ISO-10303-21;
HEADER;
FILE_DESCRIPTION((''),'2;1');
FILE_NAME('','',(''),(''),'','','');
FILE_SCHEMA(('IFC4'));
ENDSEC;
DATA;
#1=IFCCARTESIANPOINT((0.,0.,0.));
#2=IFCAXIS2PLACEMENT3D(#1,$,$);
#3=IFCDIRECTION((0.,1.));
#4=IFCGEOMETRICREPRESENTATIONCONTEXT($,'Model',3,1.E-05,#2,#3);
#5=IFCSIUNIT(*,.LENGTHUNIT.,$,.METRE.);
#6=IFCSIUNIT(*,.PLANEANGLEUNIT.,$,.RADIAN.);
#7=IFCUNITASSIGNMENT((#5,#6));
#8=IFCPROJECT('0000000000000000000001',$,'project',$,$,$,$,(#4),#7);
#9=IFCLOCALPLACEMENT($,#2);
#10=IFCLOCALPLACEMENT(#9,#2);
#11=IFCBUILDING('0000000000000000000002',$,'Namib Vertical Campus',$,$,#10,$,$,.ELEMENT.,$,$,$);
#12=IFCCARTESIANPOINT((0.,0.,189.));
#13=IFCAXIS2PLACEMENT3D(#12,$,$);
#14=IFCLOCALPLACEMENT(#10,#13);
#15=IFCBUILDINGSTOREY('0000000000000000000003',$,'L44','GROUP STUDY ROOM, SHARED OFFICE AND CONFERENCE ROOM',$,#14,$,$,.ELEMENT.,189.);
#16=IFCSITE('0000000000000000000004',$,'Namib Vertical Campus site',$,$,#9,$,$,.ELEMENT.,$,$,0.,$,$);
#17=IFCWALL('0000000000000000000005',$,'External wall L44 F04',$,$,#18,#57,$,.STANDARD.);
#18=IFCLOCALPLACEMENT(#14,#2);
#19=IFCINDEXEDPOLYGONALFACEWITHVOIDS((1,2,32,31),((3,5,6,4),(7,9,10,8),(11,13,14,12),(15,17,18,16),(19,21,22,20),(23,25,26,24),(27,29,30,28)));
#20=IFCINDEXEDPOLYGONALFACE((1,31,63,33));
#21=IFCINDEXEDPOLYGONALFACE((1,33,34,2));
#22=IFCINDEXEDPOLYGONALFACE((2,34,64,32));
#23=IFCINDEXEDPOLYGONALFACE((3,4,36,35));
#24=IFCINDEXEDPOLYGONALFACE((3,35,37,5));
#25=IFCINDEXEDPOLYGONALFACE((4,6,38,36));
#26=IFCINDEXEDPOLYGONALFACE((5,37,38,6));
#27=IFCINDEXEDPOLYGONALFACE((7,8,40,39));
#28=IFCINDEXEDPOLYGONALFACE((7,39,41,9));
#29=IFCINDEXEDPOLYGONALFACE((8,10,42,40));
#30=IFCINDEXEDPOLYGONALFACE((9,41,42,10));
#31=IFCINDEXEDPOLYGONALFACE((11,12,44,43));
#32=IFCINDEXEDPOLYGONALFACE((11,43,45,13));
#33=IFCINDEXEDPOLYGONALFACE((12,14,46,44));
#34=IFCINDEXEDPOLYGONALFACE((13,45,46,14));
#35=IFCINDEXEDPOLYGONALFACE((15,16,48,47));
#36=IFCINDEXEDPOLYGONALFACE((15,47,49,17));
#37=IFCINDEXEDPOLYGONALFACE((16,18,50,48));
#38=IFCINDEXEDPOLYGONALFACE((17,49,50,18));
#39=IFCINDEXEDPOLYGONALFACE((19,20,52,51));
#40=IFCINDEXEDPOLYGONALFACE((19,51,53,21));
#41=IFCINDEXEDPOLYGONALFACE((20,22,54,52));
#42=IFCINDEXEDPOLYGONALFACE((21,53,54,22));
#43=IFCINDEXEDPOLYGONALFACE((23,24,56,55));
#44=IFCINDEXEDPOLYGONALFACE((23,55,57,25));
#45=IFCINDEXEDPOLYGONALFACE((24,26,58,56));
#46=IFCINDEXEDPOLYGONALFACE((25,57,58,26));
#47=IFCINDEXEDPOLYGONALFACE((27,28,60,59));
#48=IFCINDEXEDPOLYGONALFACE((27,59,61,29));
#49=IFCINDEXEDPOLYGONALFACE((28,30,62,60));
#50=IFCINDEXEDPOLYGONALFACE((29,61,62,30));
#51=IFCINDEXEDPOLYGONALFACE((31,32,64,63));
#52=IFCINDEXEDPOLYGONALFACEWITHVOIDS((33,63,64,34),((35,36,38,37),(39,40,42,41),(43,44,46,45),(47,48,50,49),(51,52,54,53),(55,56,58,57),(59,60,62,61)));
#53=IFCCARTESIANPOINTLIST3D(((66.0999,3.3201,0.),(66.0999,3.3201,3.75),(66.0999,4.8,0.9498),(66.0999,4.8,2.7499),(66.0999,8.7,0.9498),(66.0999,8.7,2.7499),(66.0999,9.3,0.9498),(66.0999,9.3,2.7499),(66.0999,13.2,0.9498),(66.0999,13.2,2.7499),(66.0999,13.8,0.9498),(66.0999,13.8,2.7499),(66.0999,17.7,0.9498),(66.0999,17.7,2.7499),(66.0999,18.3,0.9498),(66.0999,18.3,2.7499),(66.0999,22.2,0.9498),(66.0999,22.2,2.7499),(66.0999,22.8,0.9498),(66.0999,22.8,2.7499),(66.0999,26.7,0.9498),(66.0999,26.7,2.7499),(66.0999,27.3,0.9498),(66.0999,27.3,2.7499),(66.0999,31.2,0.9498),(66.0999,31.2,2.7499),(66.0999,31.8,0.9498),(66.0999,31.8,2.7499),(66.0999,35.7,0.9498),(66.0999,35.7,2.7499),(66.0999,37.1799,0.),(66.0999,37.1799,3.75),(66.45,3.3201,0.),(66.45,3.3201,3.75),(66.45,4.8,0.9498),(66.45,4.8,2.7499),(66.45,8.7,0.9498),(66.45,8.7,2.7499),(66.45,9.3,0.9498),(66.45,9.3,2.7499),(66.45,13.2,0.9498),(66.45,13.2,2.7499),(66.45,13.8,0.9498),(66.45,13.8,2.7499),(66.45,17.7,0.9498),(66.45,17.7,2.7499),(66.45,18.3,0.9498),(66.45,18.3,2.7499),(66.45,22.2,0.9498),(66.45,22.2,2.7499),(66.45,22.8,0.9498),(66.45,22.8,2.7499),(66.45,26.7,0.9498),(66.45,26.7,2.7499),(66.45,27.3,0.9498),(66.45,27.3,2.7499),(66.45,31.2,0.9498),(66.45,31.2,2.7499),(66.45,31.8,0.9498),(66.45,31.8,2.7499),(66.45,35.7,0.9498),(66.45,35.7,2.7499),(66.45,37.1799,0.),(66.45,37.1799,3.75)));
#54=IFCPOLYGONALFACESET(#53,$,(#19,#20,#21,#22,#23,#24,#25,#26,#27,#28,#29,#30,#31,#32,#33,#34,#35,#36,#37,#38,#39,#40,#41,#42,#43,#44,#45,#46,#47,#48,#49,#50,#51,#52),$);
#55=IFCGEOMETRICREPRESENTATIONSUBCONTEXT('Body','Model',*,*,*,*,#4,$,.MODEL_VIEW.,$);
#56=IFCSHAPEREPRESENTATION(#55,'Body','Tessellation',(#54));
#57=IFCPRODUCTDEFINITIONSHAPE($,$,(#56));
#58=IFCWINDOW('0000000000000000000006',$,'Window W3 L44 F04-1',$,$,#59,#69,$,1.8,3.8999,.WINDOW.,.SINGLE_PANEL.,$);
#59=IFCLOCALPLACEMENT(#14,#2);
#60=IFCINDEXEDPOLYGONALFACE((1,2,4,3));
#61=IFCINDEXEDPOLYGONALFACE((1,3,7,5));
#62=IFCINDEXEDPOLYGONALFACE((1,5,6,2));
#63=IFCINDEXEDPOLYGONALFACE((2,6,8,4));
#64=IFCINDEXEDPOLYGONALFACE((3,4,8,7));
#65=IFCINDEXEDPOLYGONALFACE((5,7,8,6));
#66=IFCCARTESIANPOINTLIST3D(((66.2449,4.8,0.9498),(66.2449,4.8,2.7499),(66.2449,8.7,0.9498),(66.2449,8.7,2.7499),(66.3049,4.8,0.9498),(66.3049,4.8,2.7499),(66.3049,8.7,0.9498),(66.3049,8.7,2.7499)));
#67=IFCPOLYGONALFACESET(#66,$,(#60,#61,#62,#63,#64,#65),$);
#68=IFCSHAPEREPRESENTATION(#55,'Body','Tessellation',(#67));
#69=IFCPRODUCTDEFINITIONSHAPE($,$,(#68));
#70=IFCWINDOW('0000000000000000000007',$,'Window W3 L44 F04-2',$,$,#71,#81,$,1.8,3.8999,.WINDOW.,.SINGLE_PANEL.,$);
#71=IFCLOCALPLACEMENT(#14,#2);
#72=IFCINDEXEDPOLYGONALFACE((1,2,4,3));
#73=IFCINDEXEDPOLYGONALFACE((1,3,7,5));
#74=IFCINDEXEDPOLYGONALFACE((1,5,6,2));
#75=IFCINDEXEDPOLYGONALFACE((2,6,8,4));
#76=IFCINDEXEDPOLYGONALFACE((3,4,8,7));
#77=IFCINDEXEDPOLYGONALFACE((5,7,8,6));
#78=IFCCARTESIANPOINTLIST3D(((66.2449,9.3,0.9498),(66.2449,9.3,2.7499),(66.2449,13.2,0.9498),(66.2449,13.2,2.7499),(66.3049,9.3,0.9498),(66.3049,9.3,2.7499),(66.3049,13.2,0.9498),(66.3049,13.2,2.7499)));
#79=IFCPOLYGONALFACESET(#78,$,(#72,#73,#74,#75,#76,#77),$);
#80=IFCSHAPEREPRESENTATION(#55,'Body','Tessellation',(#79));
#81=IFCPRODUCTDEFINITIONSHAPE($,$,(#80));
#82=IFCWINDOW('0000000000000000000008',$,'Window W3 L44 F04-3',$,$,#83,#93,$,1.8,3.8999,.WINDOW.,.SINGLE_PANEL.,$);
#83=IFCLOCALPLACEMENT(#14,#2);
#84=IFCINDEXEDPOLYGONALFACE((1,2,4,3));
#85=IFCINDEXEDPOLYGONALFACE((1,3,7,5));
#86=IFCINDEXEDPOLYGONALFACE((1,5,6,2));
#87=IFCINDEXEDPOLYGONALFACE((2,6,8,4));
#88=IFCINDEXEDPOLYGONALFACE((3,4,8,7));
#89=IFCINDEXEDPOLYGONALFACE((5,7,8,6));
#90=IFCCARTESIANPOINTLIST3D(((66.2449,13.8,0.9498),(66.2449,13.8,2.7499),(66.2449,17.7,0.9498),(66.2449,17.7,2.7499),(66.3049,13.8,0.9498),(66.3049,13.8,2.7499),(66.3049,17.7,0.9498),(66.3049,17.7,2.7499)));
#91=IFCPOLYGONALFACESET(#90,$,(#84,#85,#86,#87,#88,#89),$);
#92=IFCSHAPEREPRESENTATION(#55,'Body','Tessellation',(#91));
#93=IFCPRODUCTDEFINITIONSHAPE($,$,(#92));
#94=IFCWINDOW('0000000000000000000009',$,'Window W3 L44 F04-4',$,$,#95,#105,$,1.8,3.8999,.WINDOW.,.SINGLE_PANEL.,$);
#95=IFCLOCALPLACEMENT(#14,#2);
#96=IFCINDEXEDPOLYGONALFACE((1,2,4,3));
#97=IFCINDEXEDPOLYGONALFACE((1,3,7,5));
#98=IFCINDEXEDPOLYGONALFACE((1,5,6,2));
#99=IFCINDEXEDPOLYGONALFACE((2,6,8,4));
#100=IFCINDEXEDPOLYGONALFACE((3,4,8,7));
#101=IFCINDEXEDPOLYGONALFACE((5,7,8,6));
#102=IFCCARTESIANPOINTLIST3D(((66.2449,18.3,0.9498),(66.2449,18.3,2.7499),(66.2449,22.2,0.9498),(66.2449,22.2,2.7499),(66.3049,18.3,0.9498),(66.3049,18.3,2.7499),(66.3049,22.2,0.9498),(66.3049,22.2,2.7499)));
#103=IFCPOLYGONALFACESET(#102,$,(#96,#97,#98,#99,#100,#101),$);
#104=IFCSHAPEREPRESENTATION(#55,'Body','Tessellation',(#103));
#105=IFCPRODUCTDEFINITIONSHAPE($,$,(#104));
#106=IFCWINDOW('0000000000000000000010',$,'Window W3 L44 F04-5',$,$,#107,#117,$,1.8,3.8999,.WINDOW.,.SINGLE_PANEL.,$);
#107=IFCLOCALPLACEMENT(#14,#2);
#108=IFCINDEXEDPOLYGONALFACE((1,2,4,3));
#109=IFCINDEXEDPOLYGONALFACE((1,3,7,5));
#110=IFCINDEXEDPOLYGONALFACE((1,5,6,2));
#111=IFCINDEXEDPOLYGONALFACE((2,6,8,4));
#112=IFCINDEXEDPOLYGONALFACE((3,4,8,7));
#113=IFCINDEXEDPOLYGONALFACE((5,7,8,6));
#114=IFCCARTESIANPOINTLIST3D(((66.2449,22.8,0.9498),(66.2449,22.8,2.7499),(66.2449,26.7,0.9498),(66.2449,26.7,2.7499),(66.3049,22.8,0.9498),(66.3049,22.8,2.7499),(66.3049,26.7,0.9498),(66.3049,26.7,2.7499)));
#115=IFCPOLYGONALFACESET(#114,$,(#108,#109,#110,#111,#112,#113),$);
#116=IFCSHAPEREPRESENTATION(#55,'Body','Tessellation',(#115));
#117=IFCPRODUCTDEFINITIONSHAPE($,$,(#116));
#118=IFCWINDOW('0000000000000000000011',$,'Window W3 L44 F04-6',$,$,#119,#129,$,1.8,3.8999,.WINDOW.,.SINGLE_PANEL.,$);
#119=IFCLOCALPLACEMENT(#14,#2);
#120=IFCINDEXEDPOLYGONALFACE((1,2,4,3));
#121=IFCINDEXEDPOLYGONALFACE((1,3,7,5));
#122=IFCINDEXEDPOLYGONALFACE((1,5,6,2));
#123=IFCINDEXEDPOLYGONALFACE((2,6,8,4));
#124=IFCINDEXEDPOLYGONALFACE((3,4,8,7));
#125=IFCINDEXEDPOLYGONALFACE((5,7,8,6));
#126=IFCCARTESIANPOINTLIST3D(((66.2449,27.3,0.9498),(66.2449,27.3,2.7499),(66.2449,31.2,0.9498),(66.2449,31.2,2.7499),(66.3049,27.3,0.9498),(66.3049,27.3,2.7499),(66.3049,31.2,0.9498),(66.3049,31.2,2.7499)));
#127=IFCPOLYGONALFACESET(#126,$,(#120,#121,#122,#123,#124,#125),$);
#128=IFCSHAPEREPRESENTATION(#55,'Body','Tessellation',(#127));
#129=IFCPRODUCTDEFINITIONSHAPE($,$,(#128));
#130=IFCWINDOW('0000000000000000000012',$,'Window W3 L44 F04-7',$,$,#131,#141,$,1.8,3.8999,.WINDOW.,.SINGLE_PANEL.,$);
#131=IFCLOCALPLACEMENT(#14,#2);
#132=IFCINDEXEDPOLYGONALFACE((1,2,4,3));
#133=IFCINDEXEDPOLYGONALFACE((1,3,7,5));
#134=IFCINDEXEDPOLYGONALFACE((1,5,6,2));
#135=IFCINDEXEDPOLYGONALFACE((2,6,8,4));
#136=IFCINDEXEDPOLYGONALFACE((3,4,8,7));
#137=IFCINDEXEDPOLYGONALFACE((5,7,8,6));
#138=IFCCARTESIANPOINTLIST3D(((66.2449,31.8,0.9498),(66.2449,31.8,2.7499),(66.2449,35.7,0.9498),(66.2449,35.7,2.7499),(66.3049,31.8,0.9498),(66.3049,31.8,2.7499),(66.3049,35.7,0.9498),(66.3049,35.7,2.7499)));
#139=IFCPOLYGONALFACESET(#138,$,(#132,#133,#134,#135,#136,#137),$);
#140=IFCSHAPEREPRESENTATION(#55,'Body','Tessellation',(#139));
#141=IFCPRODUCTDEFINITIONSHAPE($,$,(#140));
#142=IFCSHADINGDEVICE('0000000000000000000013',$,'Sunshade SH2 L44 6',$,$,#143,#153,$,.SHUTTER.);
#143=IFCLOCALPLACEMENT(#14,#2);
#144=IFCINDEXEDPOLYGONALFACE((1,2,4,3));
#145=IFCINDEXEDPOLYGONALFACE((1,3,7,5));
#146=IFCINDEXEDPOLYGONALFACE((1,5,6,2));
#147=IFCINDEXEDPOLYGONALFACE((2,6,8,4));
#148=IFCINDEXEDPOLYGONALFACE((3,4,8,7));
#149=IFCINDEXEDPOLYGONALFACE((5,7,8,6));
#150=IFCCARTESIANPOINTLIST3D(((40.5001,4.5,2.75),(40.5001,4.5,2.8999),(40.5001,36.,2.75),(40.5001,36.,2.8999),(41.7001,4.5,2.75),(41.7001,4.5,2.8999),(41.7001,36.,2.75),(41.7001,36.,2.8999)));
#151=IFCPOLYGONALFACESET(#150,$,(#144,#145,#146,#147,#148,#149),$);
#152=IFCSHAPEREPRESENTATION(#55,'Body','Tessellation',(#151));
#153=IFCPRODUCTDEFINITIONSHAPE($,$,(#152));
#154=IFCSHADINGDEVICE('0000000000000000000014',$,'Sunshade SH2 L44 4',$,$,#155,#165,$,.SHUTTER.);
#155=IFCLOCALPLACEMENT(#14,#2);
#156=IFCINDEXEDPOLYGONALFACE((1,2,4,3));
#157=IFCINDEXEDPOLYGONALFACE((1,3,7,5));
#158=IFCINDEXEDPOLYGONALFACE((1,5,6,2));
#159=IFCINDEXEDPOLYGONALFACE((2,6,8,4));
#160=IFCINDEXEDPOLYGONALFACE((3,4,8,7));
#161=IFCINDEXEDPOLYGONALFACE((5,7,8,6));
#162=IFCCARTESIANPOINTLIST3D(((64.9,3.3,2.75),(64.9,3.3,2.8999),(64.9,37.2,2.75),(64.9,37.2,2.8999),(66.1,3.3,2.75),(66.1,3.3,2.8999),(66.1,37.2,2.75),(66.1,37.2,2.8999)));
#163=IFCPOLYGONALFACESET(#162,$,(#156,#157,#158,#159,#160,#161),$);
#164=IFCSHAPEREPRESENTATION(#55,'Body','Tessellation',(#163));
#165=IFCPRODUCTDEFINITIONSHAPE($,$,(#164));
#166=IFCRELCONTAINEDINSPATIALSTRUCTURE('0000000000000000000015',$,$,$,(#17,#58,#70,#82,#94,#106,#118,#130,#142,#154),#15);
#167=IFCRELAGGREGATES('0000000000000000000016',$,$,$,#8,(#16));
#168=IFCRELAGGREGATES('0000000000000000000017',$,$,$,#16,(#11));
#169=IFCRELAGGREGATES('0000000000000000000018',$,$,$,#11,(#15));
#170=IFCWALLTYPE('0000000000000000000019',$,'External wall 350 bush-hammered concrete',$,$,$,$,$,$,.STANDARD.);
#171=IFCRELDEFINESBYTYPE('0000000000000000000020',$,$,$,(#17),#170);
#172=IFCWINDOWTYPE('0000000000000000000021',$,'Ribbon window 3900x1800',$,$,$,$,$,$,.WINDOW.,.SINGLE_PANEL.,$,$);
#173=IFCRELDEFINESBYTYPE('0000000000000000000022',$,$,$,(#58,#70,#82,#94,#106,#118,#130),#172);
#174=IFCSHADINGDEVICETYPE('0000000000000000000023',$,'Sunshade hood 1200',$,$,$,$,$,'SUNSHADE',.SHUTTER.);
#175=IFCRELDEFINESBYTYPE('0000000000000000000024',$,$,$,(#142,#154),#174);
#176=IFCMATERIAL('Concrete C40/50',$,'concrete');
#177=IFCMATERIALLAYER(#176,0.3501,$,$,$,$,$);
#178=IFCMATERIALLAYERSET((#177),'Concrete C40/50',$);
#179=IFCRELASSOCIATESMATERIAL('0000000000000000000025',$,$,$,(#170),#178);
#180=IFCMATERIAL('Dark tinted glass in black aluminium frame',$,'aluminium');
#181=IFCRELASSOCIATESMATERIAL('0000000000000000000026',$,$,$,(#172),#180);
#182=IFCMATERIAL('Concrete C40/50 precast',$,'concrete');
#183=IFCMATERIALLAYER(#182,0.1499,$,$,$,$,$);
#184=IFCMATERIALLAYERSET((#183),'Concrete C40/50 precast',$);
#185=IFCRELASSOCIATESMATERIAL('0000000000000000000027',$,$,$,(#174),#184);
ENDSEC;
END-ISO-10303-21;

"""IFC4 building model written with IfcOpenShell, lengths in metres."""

from ifc_helpers import new_model, si_unit, direction, frame, frame_2d, origin, origin_2d, place, context, subcontext, project, spatial, rectangle, extrude, material, layer, layer_set, type_object, element, fill, save


model = new_model("IFC4")

# Units and contexts
model_context = context("Model", 3, precision=1e-05, world=origin(), true_north=direction((0.0, 1.0)))
body_context = subcontext(model_context, "Body", "Model", "MODEL_VIEW")
ifc_project = project(units=[si_unit("LENGTHUNIT", "METRE"), si_unit("PLANEANGLEUNIT", "RADIAN")], contexts=[model_context])

# Site, building, storey
site_placement = place(None, origin())
site = spatial("IfcSite", under=ifc_project, at=site_placement, Name="Namib Vertical Campus site", CompositionType="ELEMENT", RefElevation=0.0)
building_placement = place(site_placement, origin())
building = spatial("IfcBuilding", under=site, at=building_placement, Name="Namib Vertical Campus", CompositionType="ELEMENT")
storey_placement = place(building_placement, frame((0.0, 0.0, 189.0)))
storey = spatial("IfcBuildingStorey", under=building, at=storey_placement, Name="L44", Description="GROUP STUDY ROOM, SHARED OFFICE AND CONFERENCE ROOM", CompositionType="ELEMENT", Elevation=189.0)

# Shared definitions
ifc_material_1 = material(Name="Concrete C40/50", Category="concrete")
ifc_layer_1 = layer(ifc_material_1, 0.3501)
ifc_layer_set_1 = layer_set([ifc_layer_1], Name="Concrete C40/50")
wall_type_1 = type_object("IfcWallType", Name="External wall 350 bush-hammered concrete", PredefinedType="STANDARD", material=ifc_layer_set_1)

# Wall, openings, windows
wall_1_placement = place(storey_placement, frame((66.2749, 37.1799, 0.0), z_axis=(0.0, 0.0, 1.0), x_axis=(0.0, -1.0, 0.0)))
wall_1 = element("IfcWall", 1, at=wall_1_placement, inside=storey, type_object=wall_type_1, Name="External wall L44 F04", PredefinedType="STANDARD", context=body_context, shape_type="SweptSolid", body=[
    extrude(rectangle(XDim=33.8599, YDim=0.3501, at=frame_2d((16.9299, 0.0))), origin(), (0.0, 0.0, 1.0), 3.75),
])
opening_1_placement = place(wall_1_placement, frame((28.48, 0.0, 0.95)))
opening_1 = element("IfcOpeningElement", 2, at=opening_1_placement, cuts=wall_1, PredefinedType="OPENING", context=body_context, shape_type="SweptSolid", body=[
    extrude(rectangle(XDim=3.8999, YDim=1.8, at=frame_2d((1.95, 0.8999))), frame((0.0, 0.1851, 0.0), z_axis=(0.0, -1.0, 0.0), x_axis=(1.0, 0.0, 0.0)), (0.0, 0.0, 1.0), 0.3701),
])
opening_2_placement = place(wall_1_placement, frame((23.98, 0.0, 0.95)))
opening_2 = element("IfcOpeningElement", 3, at=opening_2_placement, cuts=wall_1, PredefinedType="OPENING", context=body_context, shape_type="SweptSolid", body=[
    extrude(rectangle(XDim=3.8999, YDim=1.8, at=frame_2d((1.95, 0.8999))), frame((0.0, 0.1851, 0.0), z_axis=(0.0, -1.0, 0.0), x_axis=(1.0, 0.0, 0.0)), (0.0, 0.0, 1.0), 0.3701),
])
opening_3_placement = place(wall_1_placement, frame((19.48, 0.0, 0.95)))
opening_3 = element("IfcOpeningElement", 4, at=opening_3_placement, cuts=wall_1, PredefinedType="OPENING", context=body_context, shape_type="SweptSolid", body=[
    extrude(rectangle(XDim=3.8999, YDim=1.8, at=frame_2d((1.95, 0.8999))), frame((0.0, 0.1851, 0.0), z_axis=(0.0, -1.0, 0.0), x_axis=(1.0, 0.0, 0.0)), (0.0, 0.0, 1.0), 0.3701),
])
opening_4_placement = place(wall_1_placement, frame((14.98, 0.0, 0.95)))
opening_4 = element("IfcOpeningElement", 5, at=opening_4_placement, cuts=wall_1, PredefinedType="OPENING", context=body_context, shape_type="SweptSolid", body=[
    extrude(rectangle(XDim=3.8999, YDim=1.8, at=frame_2d((1.95, 0.8999))), frame((0.0, 0.1851, 0.0), z_axis=(0.0, -1.0, 0.0), x_axis=(1.0, 0.0, 0.0)), (0.0, 0.0, 1.0), 0.3701),
])
opening_5_placement = place(wall_1_placement, frame((10.48, 0.0, 0.95)))
opening_5 = element("IfcOpeningElement", 6, at=opening_5_placement, cuts=wall_1, PredefinedType="OPENING", context=body_context, shape_type="SweptSolid", body=[
    extrude(rectangle(XDim=3.8999, YDim=1.8, at=frame_2d((1.95, 0.8999))), frame((0.0, 0.1851, 0.0), z_axis=(0.0, -1.0, 0.0), x_axis=(1.0, 0.0, 0.0)), (0.0, 0.0, 1.0), 0.3701),
])
opening_6_placement = place(wall_1_placement, frame((5.98, 0.0, 0.95)))
opening_6 = element("IfcOpeningElement", 7, at=opening_6_placement, cuts=wall_1, PredefinedType="OPENING", context=body_context, shape_type="SweptSolid", body=[
    extrude(rectangle(XDim=3.8999, YDim=1.8, at=frame_2d((1.95, 0.8999))), frame((0.0, 0.1851, 0.0), z_axis=(0.0, -1.0, 0.0), x_axis=(1.0, 0.0, 0.0)), (0.0, 0.0, 1.0), 0.3701),
])
opening_7_placement = place(wall_1_placement, frame((1.48, 0.0, 0.95)))
opening_7 = element("IfcOpeningElement", 8, at=opening_7_placement, cuts=wall_1, PredefinedType="OPENING", context=body_context, shape_type="SweptSolid", body=[
    extrude(rectangle(XDim=3.8999, YDim=1.8, at=frame_2d((1.95, 0.8999))), frame((0.0, 0.1851, 0.0), z_axis=(0.0, -1.0, 0.0), x_axis=(1.0, 0.0, 0.0)), (0.0, 0.0, 1.0), 0.3701),
])
ifc_material_2 = material(Name="Dark tinted glass in black aluminium frame", Category="aluminium")
window_type = type_object("IfcWindowType", Name="Ribbon window 3900x1800", PartitioningType="SINGLE_PANEL", PredefinedType="WINDOW", material=ifc_material_2)
window_1_placement = place(opening_1_placement, origin())
window_1 = element("IfcWindow", 9, at=window_1_placement, inside=storey, type_object=window_type, Name="Window W3 L44 F04-1", OverallHeight=1.8, OverallWidth=3.8999, PartitioningType="SINGLE_PANEL", PredefinedType="WINDOW", context=body_context, shape_type="SweptSolid", body=[
    extrude(rectangle(XDim=3.8999, YDim=1.8, at=frame_2d((1.95, 0.8999))), frame((0.0, 0.03, 0.0), z_axis=(0.0, -1.0, 0.0), x_axis=(1.0, 0.0, 0.0)), (0.0, 0.0, 1.0), 0.0601),
])
fill(opening_1, window_1)
window_2_placement = place(opening_2_placement, origin())
window_2 = element("IfcWindow", 10, at=window_2_placement, inside=storey, type_object=window_type, Name="Window W3 L44 F04-2", OverallHeight=1.8, OverallWidth=3.8999, PartitioningType="SINGLE_PANEL", PredefinedType="WINDOW", context=body_context, shape_type="SweptSolid", body=[
    extrude(rectangle(XDim=3.8999, YDim=1.8, at=frame_2d((1.95, 0.8999))), frame((0.0, 0.03, 0.0), z_axis=(0.0, -1.0, 0.0), x_axis=(1.0, 0.0, 0.0)), (0.0, 0.0, 1.0), 0.0601),
])
fill(opening_2, window_2)
window_3_placement = place(opening_3_placement, origin())
window_3 = element("IfcWindow", 11, at=window_3_placement, inside=storey, type_object=window_type, Name="Window W3 L44 F04-3", OverallHeight=1.8, OverallWidth=3.8999, PartitioningType="SINGLE_PANEL", PredefinedType="WINDOW", context=body_context, shape_type="SweptSolid", body=[
    extrude(rectangle(XDim=3.8999, YDim=1.8, at=frame_2d((1.95, 0.8999))), frame((0.0, 0.03, 0.0), z_axis=(0.0, -1.0, 0.0), x_axis=(1.0, 0.0, 0.0)), (0.0, 0.0, 1.0), 0.0601),
])
fill(opening_3, window_3)
window_4_placement = place(opening_4_placement, origin())
window_4 = element("IfcWindow", 12, at=window_4_placement, inside=storey, type_object=window_type, Name="Window W3 L44 F04-4", OverallHeight=1.8, OverallWidth=3.8999, PartitioningType="SINGLE_PANEL", PredefinedType="WINDOW", context=body_context, shape_type="SweptSolid", body=[
    extrude(rectangle(XDim=3.8999, YDim=1.8, at=frame_2d((1.95, 0.8999))), frame((0.0, 0.03, 0.0), z_axis=(0.0, -1.0, 0.0), x_axis=(1.0, 0.0, 0.0)), (0.0, 0.0, 1.0), 0.0601),
])
fill(opening_4, window_4)
window_5_placement = place(opening_5_placement, origin())
window_5 = element("IfcWindow", 13, at=window_5_placement, inside=storey, type_object=window_type, Name="Window W3 L44 F04-5", OverallHeight=1.8, OverallWidth=3.8999, PartitioningType="SINGLE_PANEL", PredefinedType="WINDOW", context=body_context, shape_type="SweptSolid", body=[
    extrude(rectangle(XDim=3.8999, YDim=1.8, at=frame_2d((1.95, 0.8999))), frame((0.0, 0.03, 0.0), z_axis=(0.0, -1.0, 0.0), x_axis=(1.0, 0.0, 0.0)), (0.0, 0.0, 1.0), 0.0601),
])
fill(opening_5, window_5)
window_6_placement = place(opening_6_placement, origin())
window_6 = element("IfcWindow", 14, at=window_6_placement, inside=storey, type_object=window_type, Name="Window W3 L44 F04-6", OverallHeight=1.8, OverallWidth=3.8999, PartitioningType="SINGLE_PANEL", PredefinedType="WINDOW", context=body_context, shape_type="SweptSolid", body=[
    extrude(rectangle(XDim=3.8999, YDim=1.8, at=frame_2d((1.95, 0.8999))), frame((0.0, 0.03, 0.0), z_axis=(0.0, -1.0, 0.0), x_axis=(1.0, 0.0, 0.0)), (0.0, 0.0, 1.0), 0.0601),
])
fill(opening_6, window_6)
window_7_placement = place(opening_7_placement, origin())
window_7 = element("IfcWindow", 15, at=window_7_placement, inside=storey, type_object=window_type, Name="Window W3 L44 F04-7", OverallHeight=1.8, OverallWidth=3.8999, PartitioningType="SINGLE_PANEL", PredefinedType="WINDOW", context=body_context, shape_type="SweptSolid", body=[
    extrude(rectangle(XDim=3.8999, YDim=1.8, at=frame_2d((1.95, 0.8999))), frame((0.0, 0.03, 0.0), z_axis=(0.0, -1.0, 0.0), x_axis=(1.0, 0.0, 0.0)), (0.0, 0.0, 1.0), 0.0601),
])
fill(opening_7, window_7)

# Shading devices
ifc_material_3 = material(Name="Concrete C40/50 precast", Category="concrete")
ifc_layer_2 = layer(ifc_material_3, 0.1499)
ifc_layer_set_2 = layer_set([ifc_layer_2], Name="Concrete C40/50 precast")
shading_device_type = type_object("IfcShadingDeviceType", Name="Sunshade hood 1200", ElementType="SUNSHADE", PredefinedType="SHUTTER", material=ifc_layer_set_2)
shading_device_1_placement = place(storey_placement, frame((41.1001, 20.25, 2.75), z_axis=(0.0, 0.0, 1.0), x_axis=(0.0, 1.0, 0.0)))
element("IfcShadingDevice", 16, at=shading_device_1_placement, inside=storey, type_object=shading_device_type, Name="Sunshade SH2 L44 6", PredefinedType="SHUTTER", context=body_context, shape_type="SweptSolid", body=[
    extrude(rectangle(XDim=31.5, YDim=1.2, at=origin_2d()), origin(), (0.0, 0.0, 1.0), 0.1499),
])
shading_device_2_placement = place(storey_placement, frame((65.5, 20.25, 2.75), z_axis=(0.0, 0.0, 1.0), x_axis=(0.0, -1.0, 0.0)))
element("IfcShadingDevice", 17, at=shading_device_2_placement, inside=storey, type_object=shading_device_type, Name="Sunshade SH2 L44 4", PredefinedType="SHUTTER", context=body_context, shape_type="SweptSolid", body=[
    extrude(rectangle(XDim=33.8999, YDim=1.2, at=origin_2d()), origin(), (0.0, 0.0, 1.0), 0.1499),
])

save(model, "model.ifc")
